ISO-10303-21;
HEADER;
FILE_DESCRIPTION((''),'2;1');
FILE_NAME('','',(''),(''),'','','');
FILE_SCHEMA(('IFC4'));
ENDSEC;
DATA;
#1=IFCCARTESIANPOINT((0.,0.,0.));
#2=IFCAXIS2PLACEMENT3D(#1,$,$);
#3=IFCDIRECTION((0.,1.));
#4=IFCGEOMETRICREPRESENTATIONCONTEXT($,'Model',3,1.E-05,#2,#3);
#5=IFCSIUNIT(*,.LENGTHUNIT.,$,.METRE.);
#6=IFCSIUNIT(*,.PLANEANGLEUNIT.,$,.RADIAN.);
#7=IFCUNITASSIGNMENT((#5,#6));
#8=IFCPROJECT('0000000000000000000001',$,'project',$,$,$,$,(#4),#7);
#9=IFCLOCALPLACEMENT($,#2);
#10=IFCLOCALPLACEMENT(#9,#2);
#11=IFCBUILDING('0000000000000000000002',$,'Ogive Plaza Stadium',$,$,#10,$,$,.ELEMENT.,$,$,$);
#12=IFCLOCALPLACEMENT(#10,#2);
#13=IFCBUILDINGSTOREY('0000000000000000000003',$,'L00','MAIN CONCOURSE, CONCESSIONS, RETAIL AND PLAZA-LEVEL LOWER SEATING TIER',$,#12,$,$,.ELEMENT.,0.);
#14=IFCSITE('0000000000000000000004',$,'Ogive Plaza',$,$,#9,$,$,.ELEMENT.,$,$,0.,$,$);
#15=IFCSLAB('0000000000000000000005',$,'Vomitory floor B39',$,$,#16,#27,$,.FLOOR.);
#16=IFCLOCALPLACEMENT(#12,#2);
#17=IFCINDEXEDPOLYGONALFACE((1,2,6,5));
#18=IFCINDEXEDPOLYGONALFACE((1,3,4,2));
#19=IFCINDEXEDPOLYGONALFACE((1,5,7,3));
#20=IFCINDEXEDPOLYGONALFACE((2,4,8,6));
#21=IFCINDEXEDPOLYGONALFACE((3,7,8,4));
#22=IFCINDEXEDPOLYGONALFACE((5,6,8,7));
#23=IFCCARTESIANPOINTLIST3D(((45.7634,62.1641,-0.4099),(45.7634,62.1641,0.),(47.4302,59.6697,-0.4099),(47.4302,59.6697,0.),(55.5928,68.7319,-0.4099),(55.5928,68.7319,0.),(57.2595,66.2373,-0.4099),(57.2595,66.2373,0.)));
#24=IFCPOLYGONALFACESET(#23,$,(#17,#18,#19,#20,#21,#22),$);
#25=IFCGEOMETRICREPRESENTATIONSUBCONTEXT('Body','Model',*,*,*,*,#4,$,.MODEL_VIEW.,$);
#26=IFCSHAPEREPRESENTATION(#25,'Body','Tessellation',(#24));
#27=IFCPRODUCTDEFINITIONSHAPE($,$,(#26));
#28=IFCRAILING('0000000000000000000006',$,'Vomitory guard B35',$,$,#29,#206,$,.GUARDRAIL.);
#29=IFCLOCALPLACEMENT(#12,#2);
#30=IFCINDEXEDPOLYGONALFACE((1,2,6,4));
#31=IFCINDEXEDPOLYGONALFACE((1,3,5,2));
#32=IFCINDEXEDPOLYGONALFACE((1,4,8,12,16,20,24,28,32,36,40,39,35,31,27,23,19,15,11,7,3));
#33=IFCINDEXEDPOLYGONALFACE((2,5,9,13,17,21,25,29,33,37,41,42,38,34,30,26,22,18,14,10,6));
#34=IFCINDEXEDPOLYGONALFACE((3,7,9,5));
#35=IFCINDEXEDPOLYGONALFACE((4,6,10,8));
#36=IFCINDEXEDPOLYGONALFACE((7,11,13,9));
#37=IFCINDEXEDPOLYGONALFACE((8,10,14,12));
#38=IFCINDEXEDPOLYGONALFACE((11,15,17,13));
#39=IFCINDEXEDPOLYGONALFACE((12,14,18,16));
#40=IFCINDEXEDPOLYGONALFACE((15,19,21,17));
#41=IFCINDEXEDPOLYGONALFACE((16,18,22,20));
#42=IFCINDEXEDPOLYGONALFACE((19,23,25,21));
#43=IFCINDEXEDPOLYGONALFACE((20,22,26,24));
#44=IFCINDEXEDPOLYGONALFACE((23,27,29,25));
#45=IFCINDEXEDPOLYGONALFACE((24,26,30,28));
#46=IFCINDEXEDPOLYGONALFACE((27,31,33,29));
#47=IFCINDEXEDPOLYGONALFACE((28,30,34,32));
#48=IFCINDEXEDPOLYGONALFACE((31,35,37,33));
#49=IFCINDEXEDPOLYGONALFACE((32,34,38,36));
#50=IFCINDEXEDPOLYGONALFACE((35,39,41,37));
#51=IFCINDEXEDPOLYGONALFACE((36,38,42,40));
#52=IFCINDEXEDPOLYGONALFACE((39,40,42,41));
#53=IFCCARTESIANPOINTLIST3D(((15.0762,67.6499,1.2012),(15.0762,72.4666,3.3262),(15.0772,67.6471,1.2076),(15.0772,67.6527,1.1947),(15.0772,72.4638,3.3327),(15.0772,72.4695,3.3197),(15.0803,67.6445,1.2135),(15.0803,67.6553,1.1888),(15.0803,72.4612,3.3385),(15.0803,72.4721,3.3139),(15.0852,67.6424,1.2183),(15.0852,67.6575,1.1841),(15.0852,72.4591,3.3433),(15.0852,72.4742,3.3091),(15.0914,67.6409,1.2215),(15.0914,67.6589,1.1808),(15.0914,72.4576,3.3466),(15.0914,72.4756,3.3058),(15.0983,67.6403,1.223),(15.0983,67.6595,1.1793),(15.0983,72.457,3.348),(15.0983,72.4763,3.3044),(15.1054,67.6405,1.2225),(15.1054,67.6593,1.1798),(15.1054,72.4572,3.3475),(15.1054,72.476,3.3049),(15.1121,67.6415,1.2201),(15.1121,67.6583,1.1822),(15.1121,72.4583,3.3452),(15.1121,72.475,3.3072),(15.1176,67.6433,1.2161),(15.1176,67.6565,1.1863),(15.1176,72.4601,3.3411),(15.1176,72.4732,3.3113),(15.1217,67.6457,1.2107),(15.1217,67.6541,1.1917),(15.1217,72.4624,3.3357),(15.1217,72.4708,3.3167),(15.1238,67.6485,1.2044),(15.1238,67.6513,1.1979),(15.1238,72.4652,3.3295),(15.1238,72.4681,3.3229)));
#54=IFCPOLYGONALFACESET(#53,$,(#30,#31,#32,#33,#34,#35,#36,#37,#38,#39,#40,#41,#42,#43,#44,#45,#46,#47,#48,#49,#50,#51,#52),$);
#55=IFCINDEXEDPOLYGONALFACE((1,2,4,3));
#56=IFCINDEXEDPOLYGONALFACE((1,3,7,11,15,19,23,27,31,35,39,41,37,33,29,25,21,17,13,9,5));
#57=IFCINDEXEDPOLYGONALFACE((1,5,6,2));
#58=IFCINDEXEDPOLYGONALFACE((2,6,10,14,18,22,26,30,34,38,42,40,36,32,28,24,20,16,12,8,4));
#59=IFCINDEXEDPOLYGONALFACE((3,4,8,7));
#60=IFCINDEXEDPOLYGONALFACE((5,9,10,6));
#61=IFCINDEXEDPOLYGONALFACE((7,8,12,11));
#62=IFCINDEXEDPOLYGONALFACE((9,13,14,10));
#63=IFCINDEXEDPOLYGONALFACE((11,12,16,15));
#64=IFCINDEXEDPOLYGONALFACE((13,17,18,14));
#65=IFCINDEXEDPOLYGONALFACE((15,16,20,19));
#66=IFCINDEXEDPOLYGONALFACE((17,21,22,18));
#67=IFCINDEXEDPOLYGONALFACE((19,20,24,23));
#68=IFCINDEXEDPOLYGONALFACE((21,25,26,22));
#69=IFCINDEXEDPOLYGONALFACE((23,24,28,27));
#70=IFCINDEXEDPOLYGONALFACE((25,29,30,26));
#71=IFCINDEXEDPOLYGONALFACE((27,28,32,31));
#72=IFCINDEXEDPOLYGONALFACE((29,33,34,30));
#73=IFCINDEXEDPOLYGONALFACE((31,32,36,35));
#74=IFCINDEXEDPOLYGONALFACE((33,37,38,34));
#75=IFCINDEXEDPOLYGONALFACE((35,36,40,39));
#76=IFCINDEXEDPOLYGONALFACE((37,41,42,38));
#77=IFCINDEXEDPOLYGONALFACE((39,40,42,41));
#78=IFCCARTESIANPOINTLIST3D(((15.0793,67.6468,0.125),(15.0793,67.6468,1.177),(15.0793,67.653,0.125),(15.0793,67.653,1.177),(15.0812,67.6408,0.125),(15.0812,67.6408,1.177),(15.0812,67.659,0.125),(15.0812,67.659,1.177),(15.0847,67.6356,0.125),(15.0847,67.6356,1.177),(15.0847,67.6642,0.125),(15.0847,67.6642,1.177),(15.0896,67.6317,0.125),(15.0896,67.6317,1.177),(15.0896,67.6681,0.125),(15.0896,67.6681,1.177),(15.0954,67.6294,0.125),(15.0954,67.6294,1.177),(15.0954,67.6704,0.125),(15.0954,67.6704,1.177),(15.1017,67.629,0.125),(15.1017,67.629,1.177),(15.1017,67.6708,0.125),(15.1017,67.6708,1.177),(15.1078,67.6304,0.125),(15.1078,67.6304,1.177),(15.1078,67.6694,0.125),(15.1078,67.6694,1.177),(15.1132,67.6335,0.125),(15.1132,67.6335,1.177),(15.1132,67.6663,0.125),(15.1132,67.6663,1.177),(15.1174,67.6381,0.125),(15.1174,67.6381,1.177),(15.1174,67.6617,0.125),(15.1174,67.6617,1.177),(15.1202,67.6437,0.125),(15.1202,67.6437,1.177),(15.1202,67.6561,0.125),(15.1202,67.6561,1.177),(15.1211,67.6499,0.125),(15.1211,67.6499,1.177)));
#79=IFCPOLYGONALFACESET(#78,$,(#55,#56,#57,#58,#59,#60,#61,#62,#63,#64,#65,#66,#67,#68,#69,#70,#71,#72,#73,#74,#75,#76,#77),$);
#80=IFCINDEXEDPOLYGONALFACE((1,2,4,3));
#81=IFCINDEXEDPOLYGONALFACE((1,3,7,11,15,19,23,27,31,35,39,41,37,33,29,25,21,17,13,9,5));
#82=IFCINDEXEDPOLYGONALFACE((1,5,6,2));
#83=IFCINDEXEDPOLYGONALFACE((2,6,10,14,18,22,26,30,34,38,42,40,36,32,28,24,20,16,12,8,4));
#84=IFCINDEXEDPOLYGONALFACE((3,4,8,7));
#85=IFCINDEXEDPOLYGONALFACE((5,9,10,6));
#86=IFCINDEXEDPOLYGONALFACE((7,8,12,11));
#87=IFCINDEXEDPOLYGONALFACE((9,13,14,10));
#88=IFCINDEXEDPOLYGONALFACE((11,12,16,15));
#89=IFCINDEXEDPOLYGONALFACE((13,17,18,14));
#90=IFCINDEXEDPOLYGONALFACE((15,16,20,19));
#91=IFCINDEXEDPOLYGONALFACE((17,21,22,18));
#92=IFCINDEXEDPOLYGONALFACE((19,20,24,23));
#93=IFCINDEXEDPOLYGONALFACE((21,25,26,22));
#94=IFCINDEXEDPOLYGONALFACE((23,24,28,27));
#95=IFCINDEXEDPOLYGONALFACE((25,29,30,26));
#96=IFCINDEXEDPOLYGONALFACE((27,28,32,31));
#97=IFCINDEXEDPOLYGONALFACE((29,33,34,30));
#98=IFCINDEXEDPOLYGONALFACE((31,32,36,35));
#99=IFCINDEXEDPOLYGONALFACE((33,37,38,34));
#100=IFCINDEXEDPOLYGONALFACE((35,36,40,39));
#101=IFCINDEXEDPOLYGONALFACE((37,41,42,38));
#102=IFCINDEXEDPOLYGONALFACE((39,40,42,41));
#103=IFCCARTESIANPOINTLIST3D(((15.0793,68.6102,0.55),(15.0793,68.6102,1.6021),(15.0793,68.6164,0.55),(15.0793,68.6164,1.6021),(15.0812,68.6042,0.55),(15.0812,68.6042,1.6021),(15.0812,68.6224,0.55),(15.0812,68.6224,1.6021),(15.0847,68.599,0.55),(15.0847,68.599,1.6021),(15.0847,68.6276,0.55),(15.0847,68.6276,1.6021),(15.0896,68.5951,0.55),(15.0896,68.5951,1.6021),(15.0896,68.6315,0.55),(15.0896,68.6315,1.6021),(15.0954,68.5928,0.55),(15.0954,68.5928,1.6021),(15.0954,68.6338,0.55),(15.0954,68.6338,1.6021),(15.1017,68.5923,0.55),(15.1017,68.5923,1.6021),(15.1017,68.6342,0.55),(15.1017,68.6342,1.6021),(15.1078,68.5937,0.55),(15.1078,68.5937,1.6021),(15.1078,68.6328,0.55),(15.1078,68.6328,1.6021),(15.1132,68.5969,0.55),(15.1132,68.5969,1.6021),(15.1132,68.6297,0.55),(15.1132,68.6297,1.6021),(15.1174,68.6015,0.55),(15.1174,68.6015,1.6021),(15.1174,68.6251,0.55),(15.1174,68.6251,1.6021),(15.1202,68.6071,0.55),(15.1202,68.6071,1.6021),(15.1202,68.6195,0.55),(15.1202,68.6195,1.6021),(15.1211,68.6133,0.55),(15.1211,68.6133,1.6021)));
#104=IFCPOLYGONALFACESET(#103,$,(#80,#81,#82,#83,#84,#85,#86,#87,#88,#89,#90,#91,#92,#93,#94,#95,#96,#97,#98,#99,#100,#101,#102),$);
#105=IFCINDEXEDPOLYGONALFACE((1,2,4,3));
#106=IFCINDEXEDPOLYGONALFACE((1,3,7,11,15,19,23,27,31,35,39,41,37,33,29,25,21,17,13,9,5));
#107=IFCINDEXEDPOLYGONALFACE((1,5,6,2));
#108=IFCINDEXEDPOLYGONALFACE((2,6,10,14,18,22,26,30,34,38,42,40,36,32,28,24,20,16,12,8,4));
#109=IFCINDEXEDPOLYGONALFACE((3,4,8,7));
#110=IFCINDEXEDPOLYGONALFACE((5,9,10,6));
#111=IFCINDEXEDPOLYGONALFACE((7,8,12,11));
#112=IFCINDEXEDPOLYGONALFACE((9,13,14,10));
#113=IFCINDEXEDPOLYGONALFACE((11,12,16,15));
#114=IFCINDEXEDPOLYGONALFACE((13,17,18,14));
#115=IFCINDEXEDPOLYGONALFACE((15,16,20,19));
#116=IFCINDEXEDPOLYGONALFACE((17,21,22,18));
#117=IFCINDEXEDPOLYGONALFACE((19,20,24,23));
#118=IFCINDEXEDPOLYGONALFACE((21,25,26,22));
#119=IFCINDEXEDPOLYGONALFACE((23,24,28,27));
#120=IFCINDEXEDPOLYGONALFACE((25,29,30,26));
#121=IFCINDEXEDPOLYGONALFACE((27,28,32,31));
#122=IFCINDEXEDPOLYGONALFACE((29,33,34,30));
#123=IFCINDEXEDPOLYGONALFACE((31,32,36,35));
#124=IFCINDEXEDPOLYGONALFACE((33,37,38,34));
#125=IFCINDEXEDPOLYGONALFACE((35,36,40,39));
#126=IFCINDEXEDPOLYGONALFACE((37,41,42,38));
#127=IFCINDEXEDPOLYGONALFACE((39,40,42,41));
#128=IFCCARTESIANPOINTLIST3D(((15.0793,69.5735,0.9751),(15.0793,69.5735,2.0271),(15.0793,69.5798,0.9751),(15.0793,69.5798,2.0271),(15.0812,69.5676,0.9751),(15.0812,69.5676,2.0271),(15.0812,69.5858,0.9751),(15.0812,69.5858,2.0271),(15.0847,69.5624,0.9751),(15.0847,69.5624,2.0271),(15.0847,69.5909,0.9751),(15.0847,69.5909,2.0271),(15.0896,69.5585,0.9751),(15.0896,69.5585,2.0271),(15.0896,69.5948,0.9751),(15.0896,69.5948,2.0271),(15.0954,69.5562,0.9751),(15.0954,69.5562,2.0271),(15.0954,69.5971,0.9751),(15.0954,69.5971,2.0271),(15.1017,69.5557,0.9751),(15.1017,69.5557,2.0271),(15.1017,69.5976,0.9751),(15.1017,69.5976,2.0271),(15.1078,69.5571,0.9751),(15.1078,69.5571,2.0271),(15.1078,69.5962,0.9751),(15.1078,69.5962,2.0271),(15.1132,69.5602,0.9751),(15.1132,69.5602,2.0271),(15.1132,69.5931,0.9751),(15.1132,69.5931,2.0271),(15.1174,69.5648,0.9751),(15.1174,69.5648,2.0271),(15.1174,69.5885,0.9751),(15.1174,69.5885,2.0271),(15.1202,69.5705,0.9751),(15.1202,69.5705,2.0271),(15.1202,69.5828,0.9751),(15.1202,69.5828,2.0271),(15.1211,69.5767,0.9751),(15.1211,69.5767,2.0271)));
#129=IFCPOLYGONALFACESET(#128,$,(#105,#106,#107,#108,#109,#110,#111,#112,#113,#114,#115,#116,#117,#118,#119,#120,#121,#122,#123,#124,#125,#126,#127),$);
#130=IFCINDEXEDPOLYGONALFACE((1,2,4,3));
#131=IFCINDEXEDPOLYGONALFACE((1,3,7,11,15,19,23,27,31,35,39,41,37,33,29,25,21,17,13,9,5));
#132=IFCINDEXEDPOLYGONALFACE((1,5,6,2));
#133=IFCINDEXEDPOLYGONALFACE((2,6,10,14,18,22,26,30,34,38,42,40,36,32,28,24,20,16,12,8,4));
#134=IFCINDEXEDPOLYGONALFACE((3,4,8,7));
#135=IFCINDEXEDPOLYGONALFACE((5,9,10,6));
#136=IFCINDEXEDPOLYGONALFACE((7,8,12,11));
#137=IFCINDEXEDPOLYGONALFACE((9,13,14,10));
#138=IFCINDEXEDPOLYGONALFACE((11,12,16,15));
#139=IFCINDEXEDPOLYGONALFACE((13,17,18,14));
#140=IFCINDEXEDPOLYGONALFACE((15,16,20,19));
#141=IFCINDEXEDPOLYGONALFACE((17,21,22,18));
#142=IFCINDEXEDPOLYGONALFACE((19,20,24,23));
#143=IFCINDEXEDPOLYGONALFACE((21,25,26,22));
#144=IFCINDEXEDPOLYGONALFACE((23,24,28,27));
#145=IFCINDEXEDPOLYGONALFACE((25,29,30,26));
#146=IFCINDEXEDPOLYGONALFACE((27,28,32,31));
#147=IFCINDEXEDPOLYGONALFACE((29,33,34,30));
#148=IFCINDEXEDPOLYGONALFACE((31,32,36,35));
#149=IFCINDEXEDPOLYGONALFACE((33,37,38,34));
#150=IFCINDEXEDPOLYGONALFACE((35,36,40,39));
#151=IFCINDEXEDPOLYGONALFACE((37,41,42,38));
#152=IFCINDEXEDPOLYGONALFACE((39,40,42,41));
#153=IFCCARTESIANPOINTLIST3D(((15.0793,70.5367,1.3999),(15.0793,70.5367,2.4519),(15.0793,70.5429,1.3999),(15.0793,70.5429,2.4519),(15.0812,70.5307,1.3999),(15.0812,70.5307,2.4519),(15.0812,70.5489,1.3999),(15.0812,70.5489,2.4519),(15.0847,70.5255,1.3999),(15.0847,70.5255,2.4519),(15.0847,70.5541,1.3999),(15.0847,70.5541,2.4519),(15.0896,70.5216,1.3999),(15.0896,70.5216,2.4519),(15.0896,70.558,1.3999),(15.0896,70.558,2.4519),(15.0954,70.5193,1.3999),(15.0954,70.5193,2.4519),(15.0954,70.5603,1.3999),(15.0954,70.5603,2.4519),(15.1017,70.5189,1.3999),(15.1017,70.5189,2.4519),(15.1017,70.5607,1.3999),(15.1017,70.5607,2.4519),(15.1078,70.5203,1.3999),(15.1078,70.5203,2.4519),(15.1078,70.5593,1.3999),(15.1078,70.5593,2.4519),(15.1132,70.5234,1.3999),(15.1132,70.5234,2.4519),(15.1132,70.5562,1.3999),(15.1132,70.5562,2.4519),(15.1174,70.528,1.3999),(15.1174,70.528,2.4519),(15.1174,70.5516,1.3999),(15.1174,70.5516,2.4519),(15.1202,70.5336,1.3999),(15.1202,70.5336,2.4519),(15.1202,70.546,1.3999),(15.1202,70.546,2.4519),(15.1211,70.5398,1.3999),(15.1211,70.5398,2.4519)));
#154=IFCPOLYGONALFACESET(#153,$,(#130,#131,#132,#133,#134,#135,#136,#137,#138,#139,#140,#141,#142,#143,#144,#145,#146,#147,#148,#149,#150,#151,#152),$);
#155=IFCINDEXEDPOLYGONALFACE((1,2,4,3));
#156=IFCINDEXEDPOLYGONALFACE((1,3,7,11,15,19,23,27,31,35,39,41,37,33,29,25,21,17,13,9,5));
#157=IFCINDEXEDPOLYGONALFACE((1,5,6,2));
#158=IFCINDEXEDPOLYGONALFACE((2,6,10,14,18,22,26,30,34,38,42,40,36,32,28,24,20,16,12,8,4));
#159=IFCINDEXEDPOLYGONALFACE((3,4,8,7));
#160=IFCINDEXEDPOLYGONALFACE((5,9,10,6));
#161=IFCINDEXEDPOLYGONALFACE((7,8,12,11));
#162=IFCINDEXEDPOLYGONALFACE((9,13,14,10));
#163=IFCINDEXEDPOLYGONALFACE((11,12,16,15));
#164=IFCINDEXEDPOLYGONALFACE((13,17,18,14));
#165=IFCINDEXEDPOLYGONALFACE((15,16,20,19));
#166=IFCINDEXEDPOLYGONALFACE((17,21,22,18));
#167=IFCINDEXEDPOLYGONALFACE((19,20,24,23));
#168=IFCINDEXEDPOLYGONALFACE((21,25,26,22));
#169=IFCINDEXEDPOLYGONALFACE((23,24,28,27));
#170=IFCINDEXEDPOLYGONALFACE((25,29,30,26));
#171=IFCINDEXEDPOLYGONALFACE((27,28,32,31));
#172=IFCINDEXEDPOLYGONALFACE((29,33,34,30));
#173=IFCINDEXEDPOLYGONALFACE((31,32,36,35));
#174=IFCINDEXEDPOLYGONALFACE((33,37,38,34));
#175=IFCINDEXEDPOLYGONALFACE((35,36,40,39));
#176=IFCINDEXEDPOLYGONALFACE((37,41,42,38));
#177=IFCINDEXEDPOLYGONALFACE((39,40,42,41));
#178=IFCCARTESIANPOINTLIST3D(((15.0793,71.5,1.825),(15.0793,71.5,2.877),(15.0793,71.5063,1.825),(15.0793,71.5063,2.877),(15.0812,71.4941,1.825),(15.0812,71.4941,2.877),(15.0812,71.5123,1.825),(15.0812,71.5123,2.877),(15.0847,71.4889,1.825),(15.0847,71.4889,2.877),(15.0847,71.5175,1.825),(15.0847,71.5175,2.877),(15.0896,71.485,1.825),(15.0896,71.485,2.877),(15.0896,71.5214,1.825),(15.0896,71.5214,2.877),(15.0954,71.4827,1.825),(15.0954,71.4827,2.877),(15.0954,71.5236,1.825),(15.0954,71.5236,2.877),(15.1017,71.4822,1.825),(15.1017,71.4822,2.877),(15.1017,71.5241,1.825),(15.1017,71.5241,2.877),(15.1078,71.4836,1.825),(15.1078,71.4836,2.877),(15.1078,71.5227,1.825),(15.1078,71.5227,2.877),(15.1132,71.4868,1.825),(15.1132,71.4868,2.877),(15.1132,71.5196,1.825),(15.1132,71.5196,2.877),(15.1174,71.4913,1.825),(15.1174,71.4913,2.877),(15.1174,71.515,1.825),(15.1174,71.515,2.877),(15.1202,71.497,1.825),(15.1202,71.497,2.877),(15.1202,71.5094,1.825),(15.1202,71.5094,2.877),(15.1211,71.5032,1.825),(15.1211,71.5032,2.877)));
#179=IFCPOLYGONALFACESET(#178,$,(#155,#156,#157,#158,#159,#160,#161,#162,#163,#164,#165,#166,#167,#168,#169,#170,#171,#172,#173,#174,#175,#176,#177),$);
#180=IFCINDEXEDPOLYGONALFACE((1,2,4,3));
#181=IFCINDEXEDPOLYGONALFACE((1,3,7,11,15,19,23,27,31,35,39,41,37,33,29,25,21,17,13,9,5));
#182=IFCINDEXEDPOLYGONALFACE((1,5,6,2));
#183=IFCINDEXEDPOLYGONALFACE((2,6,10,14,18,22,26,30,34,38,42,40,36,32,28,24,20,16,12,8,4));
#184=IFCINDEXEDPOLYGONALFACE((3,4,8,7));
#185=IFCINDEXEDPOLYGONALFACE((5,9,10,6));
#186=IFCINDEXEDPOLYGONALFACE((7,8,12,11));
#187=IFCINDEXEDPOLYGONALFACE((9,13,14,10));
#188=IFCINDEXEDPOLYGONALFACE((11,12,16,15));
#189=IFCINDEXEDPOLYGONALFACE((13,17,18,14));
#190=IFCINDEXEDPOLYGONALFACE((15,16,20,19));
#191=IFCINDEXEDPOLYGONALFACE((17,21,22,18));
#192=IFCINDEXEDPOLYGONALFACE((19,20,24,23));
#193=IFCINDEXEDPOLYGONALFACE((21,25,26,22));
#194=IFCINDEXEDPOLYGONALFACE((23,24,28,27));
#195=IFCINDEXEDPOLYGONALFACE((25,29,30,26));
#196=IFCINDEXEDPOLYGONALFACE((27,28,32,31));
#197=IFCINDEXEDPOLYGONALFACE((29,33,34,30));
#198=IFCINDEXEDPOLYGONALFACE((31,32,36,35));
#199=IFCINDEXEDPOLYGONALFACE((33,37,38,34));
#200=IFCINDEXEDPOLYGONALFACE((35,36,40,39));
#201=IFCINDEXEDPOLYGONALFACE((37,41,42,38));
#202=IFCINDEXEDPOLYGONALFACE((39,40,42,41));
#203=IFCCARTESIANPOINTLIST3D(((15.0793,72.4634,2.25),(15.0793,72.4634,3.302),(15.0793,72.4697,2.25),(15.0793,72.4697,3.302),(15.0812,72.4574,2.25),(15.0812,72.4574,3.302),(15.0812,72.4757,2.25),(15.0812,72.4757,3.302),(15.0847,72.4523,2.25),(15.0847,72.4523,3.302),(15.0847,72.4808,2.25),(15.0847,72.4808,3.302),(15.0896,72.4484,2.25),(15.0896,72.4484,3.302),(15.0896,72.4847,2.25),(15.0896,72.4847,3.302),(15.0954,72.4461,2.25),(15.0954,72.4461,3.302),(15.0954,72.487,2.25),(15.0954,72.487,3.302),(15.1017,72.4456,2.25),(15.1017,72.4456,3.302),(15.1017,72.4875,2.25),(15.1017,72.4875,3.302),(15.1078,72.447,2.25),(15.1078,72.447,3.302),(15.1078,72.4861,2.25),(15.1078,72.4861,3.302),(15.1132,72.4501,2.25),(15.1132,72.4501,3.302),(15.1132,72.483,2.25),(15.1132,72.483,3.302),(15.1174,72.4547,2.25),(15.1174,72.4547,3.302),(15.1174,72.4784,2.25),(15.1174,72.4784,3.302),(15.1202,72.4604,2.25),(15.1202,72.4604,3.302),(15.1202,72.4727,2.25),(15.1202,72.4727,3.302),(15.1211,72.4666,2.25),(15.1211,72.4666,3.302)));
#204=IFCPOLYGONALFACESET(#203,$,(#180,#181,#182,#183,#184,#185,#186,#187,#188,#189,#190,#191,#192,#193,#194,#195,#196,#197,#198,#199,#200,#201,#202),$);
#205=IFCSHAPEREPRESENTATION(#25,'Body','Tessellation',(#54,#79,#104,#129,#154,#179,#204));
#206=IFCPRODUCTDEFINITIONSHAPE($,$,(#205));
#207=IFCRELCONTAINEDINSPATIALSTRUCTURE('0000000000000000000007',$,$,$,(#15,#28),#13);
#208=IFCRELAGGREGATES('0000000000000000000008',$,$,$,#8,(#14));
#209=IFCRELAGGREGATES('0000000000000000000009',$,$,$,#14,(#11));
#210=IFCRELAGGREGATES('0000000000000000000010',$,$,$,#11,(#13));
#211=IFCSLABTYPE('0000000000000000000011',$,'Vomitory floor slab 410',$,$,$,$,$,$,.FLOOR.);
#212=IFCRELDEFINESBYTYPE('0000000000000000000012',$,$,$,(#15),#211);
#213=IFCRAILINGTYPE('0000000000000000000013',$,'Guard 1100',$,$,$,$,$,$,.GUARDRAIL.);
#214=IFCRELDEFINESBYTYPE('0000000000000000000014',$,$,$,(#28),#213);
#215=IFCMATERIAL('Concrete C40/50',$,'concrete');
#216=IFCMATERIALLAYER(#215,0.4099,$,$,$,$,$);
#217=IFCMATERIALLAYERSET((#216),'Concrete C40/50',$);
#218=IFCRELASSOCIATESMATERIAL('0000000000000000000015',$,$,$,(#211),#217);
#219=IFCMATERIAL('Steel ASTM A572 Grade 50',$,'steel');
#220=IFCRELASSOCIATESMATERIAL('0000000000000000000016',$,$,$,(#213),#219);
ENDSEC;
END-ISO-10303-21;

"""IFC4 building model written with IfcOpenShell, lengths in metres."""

from ifc_helpers import new_model, si_unit, direction, frame, origin, origin_2d, place, context, subcontext, project, spatial, polyline, circle, outline, extrude, material, layer, layer_set, type_object, element, save


model = new_model("IFC4")

# Units and contexts
model_context = context("Model", 3, precision=1e-05, world=origin(), true_north=direction((0.0, 1.0)))
body_context = subcontext(model_context, "Body", "Model", "MODEL_VIEW")
ifc_project = project(units=[si_unit("LENGTHUNIT", "METRE"), si_unit("PLANEANGLEUNIT", "RADIAN")], contexts=[model_context])

# Site, building, storey
site_placement = place(None, origin())
site = spatial("IfcSite", under=ifc_project, at=site_placement, Name="Ogive Plaza", CompositionType="ELEMENT", RefElevation=0.0)
building_placement = place(site_placement, origin())
building = spatial("IfcBuilding", under=site, at=building_placement, Name="Ogive Plaza Stadium", CompositionType="ELEMENT")
storey_placement = place(building_placement, origin())
storey = spatial("IfcBuildingStorey", under=building, at=storey_placement, Name="L00", Description="MAIN CONCOURSE, CONCESSIONS, RETAIL AND PLAZA-LEVEL LOWER SEATING TIER", CompositionType="ELEMENT", Elevation=0.0)

# Slab
ifc_material_1 = material(Name="Concrete C40/50", Category="concrete")
ifc_layer_1 = layer(ifc_material_1, 0.4099)
ifc_layer_set_1 = layer_set([ifc_layer_1], Name="Concrete C40/50")
slab_type_1 = type_object("IfcSlabType", Name="Vomitory floor slab 410", PredefinedType="FLOOR", material=ifc_layer_set_1)
slab_1_placement = place(storey_placement, frame((0.0, 0.0, -0.4099)))
element("IfcSlab", 1, at=slab_1_placement, inside=storey, type_object=slab_type_1, Name="Vomitory floor B39", PredefinedType="FLOOR", context=body_context, shape_type="SweptSolid", body=[
    extrude(outline(polyline([(47.4302, 59.6697), (45.7634, 62.1641), (55.5928, 68.7319), (57.2595, 66.2373), (47.4302, 59.6697)])), origin(), (0.0, 0.0, 1.0), 0.4099),
])

# Railing
ifc_material_2 = material(Name="Steel ASTM A572 Grade 50", Category="steel")
railing_type = type_object("IfcRailingType", Name="Guard 1100", PredefinedType="GUARDRAIL", material=ifc_material_2)
for number, where, name in (
    (2, (15.1001, 67.6499, 0.125), "Vomitory guard B35"),
):
    element("IfcRailing", number, at=place(storey_placement, frame(where)), inside=storey, type_object=railing_type, Name=name, PredefinedType="GUARDRAIL", context=body_context, shape_type="SweptSolid", body=[
        extrude(circle(Radius=0.0239, at=origin_2d()), frame((0.0, 0.0, 1.0762), z_axis=(0.0, 0.914917, 0.403641), x_axis=(-1.0, 0.0, 0.0)), (0.0, 0.0, 1.0), 5.2646),
        extrude(circle(Radius=0.021, at=origin_2d()), origin(), (0.0, 0.0, 1.0), 1.052),
        extrude(circle(Radius=0.021, at=origin_2d()), frame((0.0, 0.9634, 0.425)), (0.0, 0.0, 1.0), 1.052),
        extrude(circle(Radius=0.021, at=origin_2d()), frame((0.0, 1.9268, 0.8501)), (0.0, 0.0, 1.0), 1.052),
        extrude(circle(Radius=0.021, at=origin_2d()), frame((0.0, 2.8899, 1.2749)), (0.0, 0.0, 1.0), 1.052),
        extrude(circle(Radius=0.021, at=origin_2d()), frame((0.0, 3.8533, 1.7)), (0.0, 0.0, 1.0), 1.052),
        extrude(circle(Radius=0.021, at=origin_2d()), frame((0.0, 4.8167, 2.125)), (0.0, 0.0, 1.0), 1.052),
    ])

save(model, "model.ifc")
